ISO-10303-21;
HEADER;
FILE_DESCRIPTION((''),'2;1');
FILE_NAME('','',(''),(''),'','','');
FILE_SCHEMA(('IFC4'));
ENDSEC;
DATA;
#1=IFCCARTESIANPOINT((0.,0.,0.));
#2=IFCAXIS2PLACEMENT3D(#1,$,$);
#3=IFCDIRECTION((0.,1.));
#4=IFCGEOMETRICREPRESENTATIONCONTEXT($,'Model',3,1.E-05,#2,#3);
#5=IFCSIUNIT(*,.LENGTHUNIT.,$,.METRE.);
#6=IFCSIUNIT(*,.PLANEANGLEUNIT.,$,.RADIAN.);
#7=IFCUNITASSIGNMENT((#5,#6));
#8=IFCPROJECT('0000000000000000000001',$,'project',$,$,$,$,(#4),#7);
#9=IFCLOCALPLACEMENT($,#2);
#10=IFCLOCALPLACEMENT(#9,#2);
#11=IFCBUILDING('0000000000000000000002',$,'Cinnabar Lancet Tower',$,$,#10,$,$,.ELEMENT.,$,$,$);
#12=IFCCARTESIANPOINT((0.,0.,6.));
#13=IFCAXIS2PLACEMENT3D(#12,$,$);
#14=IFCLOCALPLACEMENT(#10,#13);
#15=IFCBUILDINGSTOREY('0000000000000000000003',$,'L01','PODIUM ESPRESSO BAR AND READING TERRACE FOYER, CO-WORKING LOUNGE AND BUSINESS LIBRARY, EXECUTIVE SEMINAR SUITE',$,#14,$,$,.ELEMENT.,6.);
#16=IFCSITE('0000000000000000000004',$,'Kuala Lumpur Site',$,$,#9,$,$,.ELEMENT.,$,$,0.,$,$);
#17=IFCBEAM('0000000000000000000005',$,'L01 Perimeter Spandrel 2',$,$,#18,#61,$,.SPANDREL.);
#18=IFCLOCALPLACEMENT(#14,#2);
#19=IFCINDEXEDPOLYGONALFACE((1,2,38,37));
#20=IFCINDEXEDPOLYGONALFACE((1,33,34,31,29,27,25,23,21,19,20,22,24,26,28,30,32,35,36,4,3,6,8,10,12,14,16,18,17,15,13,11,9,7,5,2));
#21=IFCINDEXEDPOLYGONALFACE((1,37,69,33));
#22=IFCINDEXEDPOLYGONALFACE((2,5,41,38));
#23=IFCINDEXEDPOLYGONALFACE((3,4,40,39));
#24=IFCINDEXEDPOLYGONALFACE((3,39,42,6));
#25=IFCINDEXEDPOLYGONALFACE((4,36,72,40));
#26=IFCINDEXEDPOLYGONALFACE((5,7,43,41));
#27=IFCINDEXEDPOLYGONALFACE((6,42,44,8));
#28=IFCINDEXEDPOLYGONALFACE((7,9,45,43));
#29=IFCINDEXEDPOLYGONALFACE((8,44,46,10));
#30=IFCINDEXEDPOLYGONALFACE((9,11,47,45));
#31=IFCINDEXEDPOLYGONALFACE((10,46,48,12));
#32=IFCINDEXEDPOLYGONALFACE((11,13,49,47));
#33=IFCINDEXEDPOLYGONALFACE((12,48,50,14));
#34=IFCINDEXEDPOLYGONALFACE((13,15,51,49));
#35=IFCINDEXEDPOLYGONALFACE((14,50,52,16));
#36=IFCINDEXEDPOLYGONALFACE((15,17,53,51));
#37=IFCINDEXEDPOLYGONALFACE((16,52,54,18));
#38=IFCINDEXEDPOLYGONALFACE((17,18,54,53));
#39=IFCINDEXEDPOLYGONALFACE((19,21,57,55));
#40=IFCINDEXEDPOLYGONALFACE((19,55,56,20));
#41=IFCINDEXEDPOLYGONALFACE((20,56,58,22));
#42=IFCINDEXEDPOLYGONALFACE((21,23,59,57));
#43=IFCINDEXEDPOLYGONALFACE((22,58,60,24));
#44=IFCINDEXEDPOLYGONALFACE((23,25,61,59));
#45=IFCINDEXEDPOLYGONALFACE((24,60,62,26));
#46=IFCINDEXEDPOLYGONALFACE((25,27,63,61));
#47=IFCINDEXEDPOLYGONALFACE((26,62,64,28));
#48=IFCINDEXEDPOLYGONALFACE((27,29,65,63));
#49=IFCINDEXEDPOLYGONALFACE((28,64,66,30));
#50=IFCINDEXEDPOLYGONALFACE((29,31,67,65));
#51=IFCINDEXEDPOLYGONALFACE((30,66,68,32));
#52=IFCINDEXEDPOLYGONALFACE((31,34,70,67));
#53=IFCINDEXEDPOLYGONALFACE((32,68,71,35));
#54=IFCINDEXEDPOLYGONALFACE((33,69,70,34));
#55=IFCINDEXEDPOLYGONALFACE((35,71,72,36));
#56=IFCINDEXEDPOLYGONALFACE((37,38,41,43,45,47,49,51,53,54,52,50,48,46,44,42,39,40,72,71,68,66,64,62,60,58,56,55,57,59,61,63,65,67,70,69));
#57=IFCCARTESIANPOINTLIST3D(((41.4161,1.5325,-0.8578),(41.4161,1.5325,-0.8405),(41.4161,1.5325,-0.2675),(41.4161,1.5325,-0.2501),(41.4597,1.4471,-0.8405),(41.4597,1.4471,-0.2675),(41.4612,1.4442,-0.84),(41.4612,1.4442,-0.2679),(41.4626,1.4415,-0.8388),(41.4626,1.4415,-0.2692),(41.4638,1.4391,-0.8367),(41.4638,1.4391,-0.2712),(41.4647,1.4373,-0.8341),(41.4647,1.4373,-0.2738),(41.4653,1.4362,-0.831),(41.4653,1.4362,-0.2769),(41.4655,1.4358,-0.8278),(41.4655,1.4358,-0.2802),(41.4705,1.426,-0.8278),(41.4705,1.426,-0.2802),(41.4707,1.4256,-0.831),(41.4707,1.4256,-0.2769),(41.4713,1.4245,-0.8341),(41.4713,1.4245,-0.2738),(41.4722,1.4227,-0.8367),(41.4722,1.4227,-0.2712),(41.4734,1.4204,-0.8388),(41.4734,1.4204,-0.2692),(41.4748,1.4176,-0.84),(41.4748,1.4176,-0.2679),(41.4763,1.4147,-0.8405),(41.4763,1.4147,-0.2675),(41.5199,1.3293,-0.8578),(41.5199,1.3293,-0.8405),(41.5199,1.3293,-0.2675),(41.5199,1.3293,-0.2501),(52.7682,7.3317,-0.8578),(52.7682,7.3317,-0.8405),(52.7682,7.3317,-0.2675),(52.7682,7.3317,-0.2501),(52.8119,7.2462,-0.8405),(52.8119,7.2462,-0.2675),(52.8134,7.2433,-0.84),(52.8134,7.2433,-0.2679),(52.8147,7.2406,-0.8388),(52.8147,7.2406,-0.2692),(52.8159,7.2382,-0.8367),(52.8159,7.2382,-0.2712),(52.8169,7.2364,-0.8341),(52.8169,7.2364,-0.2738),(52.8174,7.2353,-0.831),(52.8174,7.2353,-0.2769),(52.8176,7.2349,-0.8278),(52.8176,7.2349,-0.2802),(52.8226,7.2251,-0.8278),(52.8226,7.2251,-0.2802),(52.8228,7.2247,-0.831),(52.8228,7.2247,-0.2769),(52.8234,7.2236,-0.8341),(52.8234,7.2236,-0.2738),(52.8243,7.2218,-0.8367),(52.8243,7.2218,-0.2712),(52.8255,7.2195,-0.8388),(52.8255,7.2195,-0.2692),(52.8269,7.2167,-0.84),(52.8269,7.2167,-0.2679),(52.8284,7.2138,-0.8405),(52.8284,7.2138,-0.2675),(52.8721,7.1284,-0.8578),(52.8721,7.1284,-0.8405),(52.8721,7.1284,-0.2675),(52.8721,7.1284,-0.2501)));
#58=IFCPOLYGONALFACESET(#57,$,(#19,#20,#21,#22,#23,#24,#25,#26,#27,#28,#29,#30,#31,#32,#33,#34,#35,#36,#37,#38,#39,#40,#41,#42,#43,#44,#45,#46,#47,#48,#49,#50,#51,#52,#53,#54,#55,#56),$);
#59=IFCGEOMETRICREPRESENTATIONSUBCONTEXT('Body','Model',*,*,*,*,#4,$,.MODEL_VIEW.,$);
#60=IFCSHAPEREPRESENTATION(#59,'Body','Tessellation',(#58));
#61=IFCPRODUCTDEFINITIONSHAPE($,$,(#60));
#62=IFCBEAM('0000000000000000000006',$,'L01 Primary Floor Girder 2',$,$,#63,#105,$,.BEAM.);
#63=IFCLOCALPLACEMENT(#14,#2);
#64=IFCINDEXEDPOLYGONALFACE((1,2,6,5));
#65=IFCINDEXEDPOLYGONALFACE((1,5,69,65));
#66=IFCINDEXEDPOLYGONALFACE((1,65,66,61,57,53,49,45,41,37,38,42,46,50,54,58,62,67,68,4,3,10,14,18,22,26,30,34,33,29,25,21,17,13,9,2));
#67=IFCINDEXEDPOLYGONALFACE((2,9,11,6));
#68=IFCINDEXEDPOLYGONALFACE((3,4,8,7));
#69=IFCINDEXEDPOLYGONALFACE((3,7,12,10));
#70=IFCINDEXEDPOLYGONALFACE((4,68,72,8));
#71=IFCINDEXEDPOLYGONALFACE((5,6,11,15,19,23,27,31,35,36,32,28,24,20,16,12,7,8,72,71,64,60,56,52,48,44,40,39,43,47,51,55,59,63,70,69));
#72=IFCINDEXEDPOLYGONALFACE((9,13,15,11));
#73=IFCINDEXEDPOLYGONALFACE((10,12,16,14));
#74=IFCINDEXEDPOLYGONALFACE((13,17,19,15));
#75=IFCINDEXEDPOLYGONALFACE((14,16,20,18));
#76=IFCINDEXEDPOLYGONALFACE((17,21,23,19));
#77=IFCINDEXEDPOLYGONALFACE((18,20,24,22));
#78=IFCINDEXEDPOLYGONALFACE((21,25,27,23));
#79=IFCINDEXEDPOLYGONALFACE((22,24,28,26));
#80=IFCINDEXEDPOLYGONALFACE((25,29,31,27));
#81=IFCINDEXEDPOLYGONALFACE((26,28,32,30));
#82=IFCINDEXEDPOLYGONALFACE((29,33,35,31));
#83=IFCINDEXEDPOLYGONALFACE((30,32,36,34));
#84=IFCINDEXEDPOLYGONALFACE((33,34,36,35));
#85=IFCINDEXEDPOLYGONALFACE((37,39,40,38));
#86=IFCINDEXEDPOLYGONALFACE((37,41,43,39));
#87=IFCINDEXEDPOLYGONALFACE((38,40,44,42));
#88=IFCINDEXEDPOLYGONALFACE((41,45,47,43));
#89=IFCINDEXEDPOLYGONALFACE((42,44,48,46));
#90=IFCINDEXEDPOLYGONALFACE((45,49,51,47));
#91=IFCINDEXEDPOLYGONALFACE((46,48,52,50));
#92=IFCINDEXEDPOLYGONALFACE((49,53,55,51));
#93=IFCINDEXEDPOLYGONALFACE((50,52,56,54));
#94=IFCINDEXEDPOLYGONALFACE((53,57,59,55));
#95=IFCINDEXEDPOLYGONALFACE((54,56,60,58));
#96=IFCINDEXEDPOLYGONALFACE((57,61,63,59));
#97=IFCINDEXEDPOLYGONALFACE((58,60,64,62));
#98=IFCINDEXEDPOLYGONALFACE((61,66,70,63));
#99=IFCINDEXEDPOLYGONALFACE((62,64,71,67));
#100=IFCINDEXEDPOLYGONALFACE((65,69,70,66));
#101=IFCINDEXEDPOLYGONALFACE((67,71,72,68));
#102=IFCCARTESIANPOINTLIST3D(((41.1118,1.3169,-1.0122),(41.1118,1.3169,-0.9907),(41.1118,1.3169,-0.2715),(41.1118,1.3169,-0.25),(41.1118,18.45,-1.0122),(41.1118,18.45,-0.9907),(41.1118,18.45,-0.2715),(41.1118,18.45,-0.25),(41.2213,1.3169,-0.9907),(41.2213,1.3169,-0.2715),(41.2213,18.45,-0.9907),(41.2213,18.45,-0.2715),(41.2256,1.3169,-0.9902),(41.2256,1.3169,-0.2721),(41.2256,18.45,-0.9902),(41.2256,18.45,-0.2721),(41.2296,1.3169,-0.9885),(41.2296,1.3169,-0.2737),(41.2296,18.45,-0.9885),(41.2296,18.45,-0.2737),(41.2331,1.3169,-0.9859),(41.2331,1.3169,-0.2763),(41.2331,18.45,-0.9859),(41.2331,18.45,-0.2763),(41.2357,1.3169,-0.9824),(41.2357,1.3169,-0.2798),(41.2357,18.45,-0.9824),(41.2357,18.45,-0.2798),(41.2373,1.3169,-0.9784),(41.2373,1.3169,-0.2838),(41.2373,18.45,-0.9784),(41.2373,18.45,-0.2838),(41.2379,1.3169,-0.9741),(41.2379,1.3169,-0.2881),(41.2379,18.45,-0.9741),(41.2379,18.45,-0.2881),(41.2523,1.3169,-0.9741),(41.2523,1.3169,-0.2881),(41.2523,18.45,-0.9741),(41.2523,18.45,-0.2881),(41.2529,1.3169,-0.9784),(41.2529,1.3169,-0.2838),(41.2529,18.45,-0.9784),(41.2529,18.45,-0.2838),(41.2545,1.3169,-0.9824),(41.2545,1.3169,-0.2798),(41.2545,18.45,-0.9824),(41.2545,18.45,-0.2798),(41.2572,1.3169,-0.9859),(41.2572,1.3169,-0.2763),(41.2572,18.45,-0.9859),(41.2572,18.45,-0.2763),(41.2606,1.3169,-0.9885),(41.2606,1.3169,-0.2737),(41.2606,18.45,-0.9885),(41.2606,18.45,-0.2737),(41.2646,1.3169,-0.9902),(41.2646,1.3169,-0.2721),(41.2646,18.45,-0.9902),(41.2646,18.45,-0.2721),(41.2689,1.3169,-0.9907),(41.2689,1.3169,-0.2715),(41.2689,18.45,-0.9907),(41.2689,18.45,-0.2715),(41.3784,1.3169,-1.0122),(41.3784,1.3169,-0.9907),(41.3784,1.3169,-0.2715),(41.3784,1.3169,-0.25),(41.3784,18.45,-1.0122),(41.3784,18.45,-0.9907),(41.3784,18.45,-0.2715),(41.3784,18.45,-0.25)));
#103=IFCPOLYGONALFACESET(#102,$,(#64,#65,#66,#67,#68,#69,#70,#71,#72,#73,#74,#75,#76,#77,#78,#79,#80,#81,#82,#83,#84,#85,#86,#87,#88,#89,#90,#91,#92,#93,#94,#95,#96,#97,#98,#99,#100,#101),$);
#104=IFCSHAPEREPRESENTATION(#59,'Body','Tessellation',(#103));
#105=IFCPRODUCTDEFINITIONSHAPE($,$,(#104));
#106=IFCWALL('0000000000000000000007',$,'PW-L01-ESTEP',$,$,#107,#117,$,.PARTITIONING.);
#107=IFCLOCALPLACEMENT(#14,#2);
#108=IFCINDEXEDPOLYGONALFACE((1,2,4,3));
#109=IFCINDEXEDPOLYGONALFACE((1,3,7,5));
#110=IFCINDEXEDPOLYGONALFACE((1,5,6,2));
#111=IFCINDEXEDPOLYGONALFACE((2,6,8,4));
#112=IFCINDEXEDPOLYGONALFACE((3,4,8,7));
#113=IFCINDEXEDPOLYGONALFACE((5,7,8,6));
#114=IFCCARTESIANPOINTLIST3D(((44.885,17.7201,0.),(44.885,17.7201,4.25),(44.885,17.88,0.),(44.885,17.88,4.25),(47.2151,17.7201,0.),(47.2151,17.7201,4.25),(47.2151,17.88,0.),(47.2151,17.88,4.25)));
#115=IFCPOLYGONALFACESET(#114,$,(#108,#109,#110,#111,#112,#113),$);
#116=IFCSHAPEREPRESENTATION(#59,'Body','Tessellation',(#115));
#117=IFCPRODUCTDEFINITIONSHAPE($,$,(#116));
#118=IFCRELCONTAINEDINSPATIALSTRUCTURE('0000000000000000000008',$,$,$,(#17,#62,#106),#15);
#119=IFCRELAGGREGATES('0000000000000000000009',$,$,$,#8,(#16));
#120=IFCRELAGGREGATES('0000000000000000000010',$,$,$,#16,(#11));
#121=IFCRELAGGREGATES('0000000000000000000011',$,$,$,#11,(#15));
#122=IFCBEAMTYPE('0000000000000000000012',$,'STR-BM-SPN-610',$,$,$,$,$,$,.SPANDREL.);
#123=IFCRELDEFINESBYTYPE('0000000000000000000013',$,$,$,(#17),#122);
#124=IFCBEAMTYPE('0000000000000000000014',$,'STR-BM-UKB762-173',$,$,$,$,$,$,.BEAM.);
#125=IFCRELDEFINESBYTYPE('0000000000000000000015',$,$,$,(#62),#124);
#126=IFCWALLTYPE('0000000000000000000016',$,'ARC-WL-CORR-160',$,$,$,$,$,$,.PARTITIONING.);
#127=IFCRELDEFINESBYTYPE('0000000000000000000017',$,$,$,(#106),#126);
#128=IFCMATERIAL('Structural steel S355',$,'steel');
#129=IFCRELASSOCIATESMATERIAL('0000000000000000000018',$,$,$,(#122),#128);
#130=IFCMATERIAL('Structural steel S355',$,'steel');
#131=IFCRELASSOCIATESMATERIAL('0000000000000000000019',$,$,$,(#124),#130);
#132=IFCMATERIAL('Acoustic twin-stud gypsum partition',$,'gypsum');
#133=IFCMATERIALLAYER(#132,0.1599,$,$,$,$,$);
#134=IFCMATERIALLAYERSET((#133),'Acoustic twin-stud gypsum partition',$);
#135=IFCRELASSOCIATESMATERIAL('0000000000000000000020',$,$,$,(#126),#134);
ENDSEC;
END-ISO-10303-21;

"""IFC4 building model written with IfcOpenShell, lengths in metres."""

from ifc_helpers import new_model, si_unit, direction, frame, frame_2d, origin, origin_2d, place, context, subcontext, project, spatial, rectangle, i_section, extrude, material, layer, layer_set, material_profile, profile_set, type_object, element, save


model = new_model("IFC4")

# Units and contexts
model_context = context("Model", 3, precision=1e-05, world=origin(), true_north=direction((0.0, 1.0)))
body_context = subcontext(model_context, "Body", "Model", "MODEL_VIEW")
ifc_project = project(units=[si_unit("LENGTHUNIT", "METRE"), si_unit("PLANEANGLEUNIT", "RADIAN")], contexts=[model_context])

# Site, building, storey
site_placement = place(None, origin())
site = spatial("IfcSite", under=ifc_project, at=site_placement, Name="Kuala Lumpur Site", CompositionType="ELEMENT", RefElevation=0.0)
building_placement = place(site_placement, origin())
building = spatial("IfcBuilding", under=site, at=building_placement, Name="Cinnabar Lancet Tower", CompositionType="ELEMENT")
storey_placement = place(building_placement, frame((0.0, 0.0, 6.0)))
storey = spatial("IfcBuildingStorey", under=building, at=storey_placement, Name="L01", Description="PODIUM ESPRESSO BAR AND READING TERRACE FOYER, CO-WORKING LOUNGE AND BUSINESS LIBRARY, EXECUTIVE SEMINAR SUITE", CompositionType="ELEMENT", Elevation=6.0)

# Beams
ifc_material_1 = material(Name="Structural steel S355", Category="steel")
ifc_material_profile_1 = material_profile(ifc_material_1, i_section(OverallWidth=0.2283, OverallDepth=0.6077, WebThickness=0.011, FlangeThickness=0.0173, FilletRadius=0.0127, at=origin_2d()), Name="UKB 610x229x113")
ifc_profile_set_1 = profile_set([ifc_material_profile_1], Name="Structural steel S355")
beam_type_1 = type_object("IfcBeamType", Name="STR-BM-SPN-610", PredefinedType="SPANDREL", material=ifc_profile_set_1)
beam_1_placement = place(storey_placement, frame((41.468, 1.4309, -0.554), z_axis=(0.890533, 0.454919, 0.0), x_axis=(-0.454919, 0.890533, 0.0)))
element("IfcBeam", 1, at=beam_1_placement, inside=storey, type_object=beam_type_1, Name="L01 Perimeter Spandrel 2", PredefinedType="SPANDREL", context=body_context, shape_type="SweptSolid", body=[
    extrude(i_section(OverallWidth=0.2283, OverallDepth=0.6077, WebThickness=0.011, FlangeThickness=0.0173, FilletRadius=0.0127, at=origin_2d()), origin(), (0.0, 0.0, 1.0), 12.7476),
])
ifc_material_2 = material(Name="Structural steel S355", Category="steel")
ifc_material_profile_2 = material_profile(ifc_material_2, i_section(OverallWidth=0.2666, OverallDepth=0.7622, WebThickness=0.0144, FlangeThickness=0.0215, FilletRadius=0.0166, at=origin_2d()), Name="UKB 762x267x173")
ifc_profile_set_2 = profile_set([ifc_material_profile_2], Name="Structural steel S355")
beam_type_2 = type_object("IfcBeamType", Name="STR-BM-UKB762-173", PredefinedType="BEAM", material=ifc_profile_set_2)
beam_2_placement = place(storey_placement, frame((41.2451, 1.3169, -0.6311), z_axis=(0.0, 1.0, 0.0), x_axis=(-1.0, 0.0, 0.0)))
element("IfcBeam", 2, at=beam_2_placement, inside=storey, type_object=beam_type_2, Name="L01 Primary Floor Girder 2", PredefinedType="BEAM", context=body_context, shape_type="SweptSolid", body=[
    extrude(i_section(OverallWidth=0.2666, OverallDepth=0.7622, WebThickness=0.0144, FlangeThickness=0.0215, FilletRadius=0.0166, at=origin_2d()), origin(), (0.0, 0.0, 1.0), 17.1331),
])

# Wall
ifc_material_3 = material(Name="Acoustic twin-stud gypsum partition", Category="gypsum")
ifc_layer_1 = layer(ifc_material_3, 0.1599)
ifc_layer_set_1 = layer_set([ifc_layer_1], Name="Acoustic twin-stud gypsum partition")
wall_type_1 = type_object("IfcWallType", Name="ARC-WL-CORR-160", PredefinedType="PARTITIONING", material=ifc_layer_set_1)
wall_1_placement = place(storey_placement, frame((44.885, 17.8, 0.0), z_axis=(0.0, 0.0, 1.0), x_axis=(1.0, 0.0, 0.0)))
element("IfcWall", 3, at=wall_1_placement, inside=storey, type_object=wall_type_1, Name="PW-L01-ESTEP", PredefinedType="PARTITIONING", context=body_context, shape_type="SweptSolid", body=[
    extrude(rectangle(XDim=2.3301, YDim=0.1599, at=frame_2d((1.165, 0.0))), origin(), (0.0, 0.0, 1.0), 4.25),
])

save(model, "model.ifc")
